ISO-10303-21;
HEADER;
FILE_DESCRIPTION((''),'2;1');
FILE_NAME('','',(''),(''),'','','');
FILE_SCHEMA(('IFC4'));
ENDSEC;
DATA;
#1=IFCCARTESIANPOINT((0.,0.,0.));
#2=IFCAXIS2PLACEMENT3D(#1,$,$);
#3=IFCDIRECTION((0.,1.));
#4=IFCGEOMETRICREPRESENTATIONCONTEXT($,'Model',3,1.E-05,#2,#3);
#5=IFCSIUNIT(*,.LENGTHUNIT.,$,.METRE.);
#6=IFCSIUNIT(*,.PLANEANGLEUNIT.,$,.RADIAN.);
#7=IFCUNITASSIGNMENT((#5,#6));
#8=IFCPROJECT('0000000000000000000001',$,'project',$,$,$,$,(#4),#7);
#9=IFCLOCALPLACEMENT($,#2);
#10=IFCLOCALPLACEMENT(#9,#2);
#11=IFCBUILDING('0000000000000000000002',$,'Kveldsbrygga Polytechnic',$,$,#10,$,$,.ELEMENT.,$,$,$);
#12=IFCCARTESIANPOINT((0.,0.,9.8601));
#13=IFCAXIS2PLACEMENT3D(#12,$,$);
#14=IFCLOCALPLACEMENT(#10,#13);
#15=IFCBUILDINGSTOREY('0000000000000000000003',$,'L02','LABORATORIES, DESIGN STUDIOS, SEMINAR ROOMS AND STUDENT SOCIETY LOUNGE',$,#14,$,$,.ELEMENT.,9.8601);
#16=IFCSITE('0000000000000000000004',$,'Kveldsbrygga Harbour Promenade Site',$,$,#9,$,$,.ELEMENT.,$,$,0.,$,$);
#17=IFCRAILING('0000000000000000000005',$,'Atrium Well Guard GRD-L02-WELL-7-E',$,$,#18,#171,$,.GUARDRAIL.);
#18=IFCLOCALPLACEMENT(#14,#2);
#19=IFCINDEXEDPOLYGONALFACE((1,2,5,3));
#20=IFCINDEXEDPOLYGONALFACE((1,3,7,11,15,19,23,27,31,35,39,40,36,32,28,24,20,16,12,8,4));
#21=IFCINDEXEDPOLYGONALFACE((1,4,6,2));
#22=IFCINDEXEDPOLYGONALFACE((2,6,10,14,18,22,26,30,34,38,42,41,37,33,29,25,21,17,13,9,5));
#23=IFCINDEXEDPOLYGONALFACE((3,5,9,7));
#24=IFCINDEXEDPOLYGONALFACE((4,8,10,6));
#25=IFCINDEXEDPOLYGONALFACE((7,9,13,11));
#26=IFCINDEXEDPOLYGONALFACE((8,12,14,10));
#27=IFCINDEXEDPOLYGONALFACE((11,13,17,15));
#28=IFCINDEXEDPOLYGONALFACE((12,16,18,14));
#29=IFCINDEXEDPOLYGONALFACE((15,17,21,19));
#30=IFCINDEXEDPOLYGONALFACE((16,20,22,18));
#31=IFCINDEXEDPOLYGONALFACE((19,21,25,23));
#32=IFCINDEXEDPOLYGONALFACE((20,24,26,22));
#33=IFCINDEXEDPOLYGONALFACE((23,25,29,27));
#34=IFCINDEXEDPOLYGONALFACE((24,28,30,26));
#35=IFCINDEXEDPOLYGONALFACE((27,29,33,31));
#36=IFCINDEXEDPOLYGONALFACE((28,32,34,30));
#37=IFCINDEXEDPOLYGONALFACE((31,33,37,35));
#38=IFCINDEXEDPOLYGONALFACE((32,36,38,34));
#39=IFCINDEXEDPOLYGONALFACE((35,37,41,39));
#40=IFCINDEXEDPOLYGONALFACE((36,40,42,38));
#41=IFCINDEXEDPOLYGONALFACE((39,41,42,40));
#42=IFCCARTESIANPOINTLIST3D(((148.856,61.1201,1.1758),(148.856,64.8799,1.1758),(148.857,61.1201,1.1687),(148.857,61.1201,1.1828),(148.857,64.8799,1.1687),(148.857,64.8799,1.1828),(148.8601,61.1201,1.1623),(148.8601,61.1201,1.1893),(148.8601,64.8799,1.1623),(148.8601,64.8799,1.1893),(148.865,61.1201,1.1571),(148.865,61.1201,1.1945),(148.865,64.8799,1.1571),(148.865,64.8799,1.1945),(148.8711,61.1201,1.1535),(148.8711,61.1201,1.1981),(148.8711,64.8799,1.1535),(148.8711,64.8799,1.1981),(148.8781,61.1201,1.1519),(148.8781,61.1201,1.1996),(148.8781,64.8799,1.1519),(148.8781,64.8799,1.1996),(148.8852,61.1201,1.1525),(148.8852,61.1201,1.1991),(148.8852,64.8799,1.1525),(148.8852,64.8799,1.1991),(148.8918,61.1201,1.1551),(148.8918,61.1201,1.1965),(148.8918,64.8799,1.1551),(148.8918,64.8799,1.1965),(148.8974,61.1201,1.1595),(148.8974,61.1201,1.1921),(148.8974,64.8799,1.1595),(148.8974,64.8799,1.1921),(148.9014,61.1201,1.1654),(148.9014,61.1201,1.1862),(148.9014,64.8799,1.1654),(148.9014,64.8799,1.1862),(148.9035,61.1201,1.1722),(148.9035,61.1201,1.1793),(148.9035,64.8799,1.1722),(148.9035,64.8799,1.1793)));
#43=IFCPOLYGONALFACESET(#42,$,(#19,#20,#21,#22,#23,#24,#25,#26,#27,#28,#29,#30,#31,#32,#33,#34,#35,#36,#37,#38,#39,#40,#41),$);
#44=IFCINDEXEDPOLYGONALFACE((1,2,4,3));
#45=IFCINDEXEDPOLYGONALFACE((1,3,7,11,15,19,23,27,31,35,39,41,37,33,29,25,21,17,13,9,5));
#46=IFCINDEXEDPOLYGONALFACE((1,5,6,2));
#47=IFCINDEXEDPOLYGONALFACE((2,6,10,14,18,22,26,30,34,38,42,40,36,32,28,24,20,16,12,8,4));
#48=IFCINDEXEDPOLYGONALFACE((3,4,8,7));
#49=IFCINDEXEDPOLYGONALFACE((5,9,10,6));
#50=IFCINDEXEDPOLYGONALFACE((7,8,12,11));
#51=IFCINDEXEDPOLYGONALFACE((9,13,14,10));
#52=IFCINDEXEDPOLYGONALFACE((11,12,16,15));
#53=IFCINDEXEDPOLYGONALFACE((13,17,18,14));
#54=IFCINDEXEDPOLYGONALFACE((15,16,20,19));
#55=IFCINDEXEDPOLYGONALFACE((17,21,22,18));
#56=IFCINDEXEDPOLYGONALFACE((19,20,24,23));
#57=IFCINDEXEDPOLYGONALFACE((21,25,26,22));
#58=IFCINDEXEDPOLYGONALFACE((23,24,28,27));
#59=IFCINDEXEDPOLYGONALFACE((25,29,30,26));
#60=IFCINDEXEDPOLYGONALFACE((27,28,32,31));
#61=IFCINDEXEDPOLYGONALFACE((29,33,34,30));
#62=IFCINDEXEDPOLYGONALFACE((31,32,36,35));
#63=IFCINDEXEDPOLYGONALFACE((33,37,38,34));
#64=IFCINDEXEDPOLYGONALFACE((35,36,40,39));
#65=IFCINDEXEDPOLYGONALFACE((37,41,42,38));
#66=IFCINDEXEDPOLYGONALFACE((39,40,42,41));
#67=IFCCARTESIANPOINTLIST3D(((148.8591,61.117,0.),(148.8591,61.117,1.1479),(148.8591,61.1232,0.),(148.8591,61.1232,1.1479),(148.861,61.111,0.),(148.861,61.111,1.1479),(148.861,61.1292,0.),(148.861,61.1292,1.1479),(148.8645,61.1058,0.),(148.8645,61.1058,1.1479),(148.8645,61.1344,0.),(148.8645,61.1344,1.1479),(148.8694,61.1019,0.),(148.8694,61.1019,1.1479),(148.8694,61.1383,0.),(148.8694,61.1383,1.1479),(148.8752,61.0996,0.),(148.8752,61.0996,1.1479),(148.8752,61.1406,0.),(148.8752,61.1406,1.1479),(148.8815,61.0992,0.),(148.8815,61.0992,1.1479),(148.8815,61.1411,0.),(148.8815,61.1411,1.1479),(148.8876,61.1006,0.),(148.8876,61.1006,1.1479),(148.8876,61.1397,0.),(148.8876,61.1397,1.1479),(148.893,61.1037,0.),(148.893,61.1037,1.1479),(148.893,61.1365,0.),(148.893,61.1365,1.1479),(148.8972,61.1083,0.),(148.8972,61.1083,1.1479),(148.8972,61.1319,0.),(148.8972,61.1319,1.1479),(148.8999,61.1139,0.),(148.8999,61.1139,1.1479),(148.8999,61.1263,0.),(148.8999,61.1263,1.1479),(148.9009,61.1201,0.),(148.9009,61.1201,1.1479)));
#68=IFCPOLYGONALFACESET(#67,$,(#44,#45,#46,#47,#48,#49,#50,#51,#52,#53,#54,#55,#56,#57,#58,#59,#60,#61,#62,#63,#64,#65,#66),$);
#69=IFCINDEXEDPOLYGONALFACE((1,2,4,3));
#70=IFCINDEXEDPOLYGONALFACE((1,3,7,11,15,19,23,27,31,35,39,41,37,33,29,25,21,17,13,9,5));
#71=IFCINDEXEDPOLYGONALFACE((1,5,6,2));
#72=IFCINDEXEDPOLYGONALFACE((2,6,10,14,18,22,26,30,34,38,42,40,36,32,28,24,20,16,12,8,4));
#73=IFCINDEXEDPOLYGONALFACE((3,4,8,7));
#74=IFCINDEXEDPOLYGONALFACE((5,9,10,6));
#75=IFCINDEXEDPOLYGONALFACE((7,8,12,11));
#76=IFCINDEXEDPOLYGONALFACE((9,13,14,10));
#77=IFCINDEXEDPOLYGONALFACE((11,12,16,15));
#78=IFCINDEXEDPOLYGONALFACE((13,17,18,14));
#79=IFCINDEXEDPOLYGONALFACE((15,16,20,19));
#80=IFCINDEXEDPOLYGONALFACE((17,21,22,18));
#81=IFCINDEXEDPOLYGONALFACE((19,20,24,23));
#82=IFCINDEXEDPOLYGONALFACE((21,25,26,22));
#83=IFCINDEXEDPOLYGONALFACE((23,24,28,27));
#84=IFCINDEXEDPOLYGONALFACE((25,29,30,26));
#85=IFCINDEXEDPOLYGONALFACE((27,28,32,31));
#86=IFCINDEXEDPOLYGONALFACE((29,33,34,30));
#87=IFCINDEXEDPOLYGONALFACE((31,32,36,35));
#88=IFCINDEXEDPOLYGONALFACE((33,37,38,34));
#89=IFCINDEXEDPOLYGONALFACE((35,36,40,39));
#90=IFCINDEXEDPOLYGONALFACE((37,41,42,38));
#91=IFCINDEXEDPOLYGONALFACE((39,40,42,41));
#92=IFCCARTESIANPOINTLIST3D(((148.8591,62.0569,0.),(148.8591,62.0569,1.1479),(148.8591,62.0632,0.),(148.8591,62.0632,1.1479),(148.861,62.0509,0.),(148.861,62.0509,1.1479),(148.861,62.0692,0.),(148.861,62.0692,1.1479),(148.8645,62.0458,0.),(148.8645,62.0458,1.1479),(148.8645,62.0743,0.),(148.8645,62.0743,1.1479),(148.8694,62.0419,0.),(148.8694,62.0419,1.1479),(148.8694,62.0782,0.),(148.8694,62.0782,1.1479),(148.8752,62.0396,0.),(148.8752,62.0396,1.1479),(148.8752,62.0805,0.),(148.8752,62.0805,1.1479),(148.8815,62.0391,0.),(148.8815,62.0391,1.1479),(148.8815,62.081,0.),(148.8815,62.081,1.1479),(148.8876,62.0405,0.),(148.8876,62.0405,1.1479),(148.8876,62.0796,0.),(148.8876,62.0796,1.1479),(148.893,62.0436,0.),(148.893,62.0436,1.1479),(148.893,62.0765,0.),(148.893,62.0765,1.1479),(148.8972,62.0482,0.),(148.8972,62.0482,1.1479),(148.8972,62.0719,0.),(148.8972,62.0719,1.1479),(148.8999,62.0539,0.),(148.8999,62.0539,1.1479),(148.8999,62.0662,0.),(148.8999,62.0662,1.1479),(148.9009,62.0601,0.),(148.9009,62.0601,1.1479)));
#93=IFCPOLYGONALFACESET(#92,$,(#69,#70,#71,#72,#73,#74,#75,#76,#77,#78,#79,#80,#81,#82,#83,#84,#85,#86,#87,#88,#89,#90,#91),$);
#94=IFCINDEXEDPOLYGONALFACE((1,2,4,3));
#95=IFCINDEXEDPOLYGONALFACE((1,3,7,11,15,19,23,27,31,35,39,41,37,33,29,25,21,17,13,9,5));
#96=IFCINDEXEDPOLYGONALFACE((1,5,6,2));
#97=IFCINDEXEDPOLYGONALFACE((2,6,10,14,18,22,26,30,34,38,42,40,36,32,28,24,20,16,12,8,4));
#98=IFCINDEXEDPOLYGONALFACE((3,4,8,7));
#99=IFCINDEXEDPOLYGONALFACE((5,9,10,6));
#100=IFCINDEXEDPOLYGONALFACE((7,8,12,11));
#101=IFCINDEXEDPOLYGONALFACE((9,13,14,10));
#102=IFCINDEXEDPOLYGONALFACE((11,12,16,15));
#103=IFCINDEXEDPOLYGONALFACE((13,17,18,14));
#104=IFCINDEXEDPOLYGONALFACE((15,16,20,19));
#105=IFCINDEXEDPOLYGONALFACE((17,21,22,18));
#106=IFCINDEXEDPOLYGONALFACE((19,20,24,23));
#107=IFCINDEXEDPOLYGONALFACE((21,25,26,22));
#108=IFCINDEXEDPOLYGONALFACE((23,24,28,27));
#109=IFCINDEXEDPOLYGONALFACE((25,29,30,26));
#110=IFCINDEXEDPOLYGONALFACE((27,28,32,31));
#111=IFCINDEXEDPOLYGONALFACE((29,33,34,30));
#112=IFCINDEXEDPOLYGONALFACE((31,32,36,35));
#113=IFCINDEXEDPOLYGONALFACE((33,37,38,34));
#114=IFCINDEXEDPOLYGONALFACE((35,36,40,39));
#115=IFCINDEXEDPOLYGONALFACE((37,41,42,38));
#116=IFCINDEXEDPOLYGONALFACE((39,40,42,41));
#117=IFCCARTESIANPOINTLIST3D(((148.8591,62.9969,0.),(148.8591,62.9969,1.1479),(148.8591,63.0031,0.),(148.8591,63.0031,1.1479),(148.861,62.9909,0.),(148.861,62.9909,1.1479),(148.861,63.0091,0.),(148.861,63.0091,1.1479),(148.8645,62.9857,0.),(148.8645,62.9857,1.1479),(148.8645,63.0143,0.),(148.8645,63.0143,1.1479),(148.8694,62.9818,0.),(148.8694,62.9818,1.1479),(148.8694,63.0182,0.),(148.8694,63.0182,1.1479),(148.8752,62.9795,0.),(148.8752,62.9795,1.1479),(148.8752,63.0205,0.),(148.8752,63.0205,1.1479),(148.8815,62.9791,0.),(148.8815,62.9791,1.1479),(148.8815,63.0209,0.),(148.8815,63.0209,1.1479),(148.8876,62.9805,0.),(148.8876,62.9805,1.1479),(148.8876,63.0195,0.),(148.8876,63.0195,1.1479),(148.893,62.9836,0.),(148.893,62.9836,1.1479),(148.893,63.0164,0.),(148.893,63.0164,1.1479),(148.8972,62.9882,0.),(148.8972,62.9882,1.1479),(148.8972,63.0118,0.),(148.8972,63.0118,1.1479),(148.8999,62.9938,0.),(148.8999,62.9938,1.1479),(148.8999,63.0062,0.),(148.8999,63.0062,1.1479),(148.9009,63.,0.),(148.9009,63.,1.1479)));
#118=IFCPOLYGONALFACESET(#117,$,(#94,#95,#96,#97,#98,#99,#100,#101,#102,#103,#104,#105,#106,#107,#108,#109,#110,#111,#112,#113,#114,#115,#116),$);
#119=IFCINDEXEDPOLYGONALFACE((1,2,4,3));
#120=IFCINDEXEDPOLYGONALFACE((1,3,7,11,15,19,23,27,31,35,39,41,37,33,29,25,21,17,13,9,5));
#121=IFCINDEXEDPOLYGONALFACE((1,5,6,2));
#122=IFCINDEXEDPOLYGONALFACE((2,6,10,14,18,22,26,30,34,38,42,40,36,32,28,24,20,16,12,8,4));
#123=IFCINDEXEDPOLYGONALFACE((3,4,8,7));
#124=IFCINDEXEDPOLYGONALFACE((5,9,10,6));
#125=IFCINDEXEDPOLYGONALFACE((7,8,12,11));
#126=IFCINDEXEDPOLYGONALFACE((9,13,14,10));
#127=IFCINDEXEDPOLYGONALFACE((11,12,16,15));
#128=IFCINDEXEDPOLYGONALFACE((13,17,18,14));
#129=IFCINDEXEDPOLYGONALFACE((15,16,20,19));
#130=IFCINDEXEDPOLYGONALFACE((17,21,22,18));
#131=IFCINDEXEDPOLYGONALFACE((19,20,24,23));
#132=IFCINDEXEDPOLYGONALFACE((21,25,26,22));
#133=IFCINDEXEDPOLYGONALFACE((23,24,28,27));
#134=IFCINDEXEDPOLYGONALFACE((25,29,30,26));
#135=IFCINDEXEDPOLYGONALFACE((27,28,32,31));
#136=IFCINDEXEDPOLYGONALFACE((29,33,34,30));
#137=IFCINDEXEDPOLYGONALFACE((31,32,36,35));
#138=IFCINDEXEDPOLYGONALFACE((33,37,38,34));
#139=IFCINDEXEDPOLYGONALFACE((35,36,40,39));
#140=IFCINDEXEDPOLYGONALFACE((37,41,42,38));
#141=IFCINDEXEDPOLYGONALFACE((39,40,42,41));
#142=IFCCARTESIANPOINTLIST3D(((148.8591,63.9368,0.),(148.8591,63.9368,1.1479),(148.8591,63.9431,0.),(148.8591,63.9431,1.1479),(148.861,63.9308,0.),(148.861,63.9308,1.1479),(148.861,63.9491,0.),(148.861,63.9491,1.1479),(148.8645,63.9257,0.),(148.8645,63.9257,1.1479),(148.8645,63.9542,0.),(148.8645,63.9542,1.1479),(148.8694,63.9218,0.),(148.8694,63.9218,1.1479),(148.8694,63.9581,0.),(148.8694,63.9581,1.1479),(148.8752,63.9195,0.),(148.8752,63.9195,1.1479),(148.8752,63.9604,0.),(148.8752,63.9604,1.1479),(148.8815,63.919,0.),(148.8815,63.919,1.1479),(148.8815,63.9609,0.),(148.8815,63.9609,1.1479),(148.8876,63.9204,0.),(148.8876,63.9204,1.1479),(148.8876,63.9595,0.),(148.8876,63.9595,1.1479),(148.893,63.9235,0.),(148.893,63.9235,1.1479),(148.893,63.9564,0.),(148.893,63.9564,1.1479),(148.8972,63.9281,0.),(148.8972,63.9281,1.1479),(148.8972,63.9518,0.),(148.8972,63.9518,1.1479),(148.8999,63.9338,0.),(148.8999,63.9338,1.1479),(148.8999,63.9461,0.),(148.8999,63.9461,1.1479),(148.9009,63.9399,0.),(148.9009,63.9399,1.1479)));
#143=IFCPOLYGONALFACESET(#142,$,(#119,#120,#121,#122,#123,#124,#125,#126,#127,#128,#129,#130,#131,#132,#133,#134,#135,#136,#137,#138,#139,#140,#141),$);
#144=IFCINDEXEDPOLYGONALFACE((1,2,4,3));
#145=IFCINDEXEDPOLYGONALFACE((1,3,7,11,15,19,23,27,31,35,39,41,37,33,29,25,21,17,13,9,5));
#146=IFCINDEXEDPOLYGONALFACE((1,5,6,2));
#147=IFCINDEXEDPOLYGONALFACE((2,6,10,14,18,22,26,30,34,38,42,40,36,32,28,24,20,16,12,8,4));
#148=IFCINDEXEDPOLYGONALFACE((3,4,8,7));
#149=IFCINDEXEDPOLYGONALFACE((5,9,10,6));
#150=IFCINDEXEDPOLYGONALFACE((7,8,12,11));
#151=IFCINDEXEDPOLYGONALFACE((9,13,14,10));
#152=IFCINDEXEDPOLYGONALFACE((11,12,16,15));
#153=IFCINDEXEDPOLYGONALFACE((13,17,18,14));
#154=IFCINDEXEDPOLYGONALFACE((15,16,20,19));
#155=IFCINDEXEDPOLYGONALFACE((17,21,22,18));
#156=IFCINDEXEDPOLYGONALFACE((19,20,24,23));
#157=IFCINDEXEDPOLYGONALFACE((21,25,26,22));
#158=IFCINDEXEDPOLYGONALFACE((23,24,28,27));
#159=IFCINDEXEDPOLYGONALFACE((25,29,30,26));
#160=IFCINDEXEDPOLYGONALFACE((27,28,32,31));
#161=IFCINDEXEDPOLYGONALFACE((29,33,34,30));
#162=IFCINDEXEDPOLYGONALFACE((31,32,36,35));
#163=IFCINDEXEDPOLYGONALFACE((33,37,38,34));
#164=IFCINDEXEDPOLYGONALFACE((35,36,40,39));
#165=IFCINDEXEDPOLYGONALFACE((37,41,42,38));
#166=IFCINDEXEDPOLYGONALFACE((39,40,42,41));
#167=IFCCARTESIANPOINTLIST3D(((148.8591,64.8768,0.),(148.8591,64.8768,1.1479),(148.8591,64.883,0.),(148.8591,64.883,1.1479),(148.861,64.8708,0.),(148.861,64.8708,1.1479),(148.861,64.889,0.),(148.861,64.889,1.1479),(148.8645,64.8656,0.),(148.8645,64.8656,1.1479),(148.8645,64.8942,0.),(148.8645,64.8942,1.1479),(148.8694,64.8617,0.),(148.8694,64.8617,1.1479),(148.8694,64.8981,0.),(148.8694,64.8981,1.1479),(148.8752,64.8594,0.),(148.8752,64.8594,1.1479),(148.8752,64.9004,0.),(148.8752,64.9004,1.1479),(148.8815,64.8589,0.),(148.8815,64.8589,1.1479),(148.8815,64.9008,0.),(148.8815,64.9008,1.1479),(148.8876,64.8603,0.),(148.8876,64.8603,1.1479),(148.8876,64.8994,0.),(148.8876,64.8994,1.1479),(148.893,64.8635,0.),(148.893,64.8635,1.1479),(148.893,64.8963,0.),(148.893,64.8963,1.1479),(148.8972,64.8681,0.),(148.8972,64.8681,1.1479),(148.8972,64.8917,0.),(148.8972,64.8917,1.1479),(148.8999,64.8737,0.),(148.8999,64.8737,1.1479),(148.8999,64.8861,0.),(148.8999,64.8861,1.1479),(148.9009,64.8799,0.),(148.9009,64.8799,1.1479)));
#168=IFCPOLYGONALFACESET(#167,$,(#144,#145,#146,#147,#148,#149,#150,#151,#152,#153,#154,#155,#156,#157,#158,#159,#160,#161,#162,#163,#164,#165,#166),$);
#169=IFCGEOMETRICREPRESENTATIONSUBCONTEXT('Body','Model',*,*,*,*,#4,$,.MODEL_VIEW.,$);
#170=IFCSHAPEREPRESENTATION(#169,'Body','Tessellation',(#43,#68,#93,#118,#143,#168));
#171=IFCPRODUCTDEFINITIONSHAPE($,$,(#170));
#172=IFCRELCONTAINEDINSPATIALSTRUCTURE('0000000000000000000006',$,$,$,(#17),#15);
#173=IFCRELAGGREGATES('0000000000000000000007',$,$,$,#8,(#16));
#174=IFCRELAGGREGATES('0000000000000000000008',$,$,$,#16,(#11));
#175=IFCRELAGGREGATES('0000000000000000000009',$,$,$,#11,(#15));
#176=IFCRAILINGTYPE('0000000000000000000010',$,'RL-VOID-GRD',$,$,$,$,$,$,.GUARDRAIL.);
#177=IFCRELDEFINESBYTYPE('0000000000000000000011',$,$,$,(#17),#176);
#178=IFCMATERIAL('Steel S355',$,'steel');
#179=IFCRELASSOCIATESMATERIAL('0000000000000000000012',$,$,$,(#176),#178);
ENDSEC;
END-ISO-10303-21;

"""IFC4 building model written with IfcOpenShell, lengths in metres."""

from ifc_helpers import new_model, si_unit, direction, frame, origin, origin_2d, place, context, subcontext, project, spatial, circle, extrude, material, type_object, element, save


model = new_model("IFC4")

# Units and contexts
model_context = context("Model", 3, precision=1e-05, world=origin(), true_north=direction((0.0, 1.0)))
body_context = subcontext(model_context, "Body", "Model", "MODEL_VIEW")
ifc_project = project(units=[si_unit("LENGTHUNIT", "METRE"), si_unit("PLANEANGLEUNIT", "RADIAN")], contexts=[model_context])

# Site, building, storey
site_placement = place(None, origin())
site = spatial("IfcSite", under=ifc_project, at=site_placement, Name="Kveldsbrygga Harbour Promenade Site", CompositionType="ELEMENT", RefElevation=0.0)
building_placement = place(site_placement, origin())
building = spatial("IfcBuilding", under=site, at=building_placement, Name="Kveldsbrygga Polytechnic", CompositionType="ELEMENT")
storey_placement = place(building_placement, frame((0.0, 0.0, 9.8601)))
storey = spatial("IfcBuildingStorey", under=building, at=storey_placement, Name="L02", Description="LABORATORIES, DESIGN STUDIOS, SEMINAR ROOMS AND STUDENT SOCIETY LOUNGE", CompositionType="ELEMENT", Elevation=9.8601)

# Shared definitions
ifc_material_1 = material(Name="Steel S355", Category="steel")

# Railing
railing_type = type_object("IfcRailingType", Name="RL-VOID-GRD", PredefinedType="GUARDRAIL", material=ifc_material_1)
railing_1_placement = place(storey_placement, frame((148.8799, 61.1201, 0.0)))
element("IfcRailing", 1, at=railing_1_placement, inside=storey, type_object=railing_type, Name="Atrium Well Guard GRD-L02-WELL-7-E", PredefinedType="GUARDRAIL", context=body_context, shape_type="SweptSolid", body=[
    extrude(circle(Radius=0.0239, at=origin_2d()), frame((0.0, 0.0, 1.1758), z_axis=(0.0, 1.0, 0.0), x_axis=(-1.0, 0.0, 0.0)), (0.0, 0.0, 1.0), 3.7598),
    extrude(circle(Radius=0.021, at=origin_2d()), origin(), (0.0, 0.0, 1.0), 1.1479),
    extrude(circle(Radius=0.021, at=origin_2d()), frame((0.0, 0.9399, 0.0)), (0.0, 0.0, 1.0), 1.1479),
    extrude(circle(Radius=0.021, at=origin_2d()), frame((0.0, 1.8799, 0.0)), (0.0, 0.0, 1.0), 1.1479),
    extrude(circle(Radius=0.021, at=origin_2d()), frame((0.0, 2.8198, 0.0)), (0.0, 0.0, 1.0), 1.1479),
    extrude(circle(Radius=0.021, at=origin_2d()), frame((0.0, 3.7598, 0.0)), (0.0, 0.0, 1.0), 1.1479),
])

save(model, "model.ifc")
